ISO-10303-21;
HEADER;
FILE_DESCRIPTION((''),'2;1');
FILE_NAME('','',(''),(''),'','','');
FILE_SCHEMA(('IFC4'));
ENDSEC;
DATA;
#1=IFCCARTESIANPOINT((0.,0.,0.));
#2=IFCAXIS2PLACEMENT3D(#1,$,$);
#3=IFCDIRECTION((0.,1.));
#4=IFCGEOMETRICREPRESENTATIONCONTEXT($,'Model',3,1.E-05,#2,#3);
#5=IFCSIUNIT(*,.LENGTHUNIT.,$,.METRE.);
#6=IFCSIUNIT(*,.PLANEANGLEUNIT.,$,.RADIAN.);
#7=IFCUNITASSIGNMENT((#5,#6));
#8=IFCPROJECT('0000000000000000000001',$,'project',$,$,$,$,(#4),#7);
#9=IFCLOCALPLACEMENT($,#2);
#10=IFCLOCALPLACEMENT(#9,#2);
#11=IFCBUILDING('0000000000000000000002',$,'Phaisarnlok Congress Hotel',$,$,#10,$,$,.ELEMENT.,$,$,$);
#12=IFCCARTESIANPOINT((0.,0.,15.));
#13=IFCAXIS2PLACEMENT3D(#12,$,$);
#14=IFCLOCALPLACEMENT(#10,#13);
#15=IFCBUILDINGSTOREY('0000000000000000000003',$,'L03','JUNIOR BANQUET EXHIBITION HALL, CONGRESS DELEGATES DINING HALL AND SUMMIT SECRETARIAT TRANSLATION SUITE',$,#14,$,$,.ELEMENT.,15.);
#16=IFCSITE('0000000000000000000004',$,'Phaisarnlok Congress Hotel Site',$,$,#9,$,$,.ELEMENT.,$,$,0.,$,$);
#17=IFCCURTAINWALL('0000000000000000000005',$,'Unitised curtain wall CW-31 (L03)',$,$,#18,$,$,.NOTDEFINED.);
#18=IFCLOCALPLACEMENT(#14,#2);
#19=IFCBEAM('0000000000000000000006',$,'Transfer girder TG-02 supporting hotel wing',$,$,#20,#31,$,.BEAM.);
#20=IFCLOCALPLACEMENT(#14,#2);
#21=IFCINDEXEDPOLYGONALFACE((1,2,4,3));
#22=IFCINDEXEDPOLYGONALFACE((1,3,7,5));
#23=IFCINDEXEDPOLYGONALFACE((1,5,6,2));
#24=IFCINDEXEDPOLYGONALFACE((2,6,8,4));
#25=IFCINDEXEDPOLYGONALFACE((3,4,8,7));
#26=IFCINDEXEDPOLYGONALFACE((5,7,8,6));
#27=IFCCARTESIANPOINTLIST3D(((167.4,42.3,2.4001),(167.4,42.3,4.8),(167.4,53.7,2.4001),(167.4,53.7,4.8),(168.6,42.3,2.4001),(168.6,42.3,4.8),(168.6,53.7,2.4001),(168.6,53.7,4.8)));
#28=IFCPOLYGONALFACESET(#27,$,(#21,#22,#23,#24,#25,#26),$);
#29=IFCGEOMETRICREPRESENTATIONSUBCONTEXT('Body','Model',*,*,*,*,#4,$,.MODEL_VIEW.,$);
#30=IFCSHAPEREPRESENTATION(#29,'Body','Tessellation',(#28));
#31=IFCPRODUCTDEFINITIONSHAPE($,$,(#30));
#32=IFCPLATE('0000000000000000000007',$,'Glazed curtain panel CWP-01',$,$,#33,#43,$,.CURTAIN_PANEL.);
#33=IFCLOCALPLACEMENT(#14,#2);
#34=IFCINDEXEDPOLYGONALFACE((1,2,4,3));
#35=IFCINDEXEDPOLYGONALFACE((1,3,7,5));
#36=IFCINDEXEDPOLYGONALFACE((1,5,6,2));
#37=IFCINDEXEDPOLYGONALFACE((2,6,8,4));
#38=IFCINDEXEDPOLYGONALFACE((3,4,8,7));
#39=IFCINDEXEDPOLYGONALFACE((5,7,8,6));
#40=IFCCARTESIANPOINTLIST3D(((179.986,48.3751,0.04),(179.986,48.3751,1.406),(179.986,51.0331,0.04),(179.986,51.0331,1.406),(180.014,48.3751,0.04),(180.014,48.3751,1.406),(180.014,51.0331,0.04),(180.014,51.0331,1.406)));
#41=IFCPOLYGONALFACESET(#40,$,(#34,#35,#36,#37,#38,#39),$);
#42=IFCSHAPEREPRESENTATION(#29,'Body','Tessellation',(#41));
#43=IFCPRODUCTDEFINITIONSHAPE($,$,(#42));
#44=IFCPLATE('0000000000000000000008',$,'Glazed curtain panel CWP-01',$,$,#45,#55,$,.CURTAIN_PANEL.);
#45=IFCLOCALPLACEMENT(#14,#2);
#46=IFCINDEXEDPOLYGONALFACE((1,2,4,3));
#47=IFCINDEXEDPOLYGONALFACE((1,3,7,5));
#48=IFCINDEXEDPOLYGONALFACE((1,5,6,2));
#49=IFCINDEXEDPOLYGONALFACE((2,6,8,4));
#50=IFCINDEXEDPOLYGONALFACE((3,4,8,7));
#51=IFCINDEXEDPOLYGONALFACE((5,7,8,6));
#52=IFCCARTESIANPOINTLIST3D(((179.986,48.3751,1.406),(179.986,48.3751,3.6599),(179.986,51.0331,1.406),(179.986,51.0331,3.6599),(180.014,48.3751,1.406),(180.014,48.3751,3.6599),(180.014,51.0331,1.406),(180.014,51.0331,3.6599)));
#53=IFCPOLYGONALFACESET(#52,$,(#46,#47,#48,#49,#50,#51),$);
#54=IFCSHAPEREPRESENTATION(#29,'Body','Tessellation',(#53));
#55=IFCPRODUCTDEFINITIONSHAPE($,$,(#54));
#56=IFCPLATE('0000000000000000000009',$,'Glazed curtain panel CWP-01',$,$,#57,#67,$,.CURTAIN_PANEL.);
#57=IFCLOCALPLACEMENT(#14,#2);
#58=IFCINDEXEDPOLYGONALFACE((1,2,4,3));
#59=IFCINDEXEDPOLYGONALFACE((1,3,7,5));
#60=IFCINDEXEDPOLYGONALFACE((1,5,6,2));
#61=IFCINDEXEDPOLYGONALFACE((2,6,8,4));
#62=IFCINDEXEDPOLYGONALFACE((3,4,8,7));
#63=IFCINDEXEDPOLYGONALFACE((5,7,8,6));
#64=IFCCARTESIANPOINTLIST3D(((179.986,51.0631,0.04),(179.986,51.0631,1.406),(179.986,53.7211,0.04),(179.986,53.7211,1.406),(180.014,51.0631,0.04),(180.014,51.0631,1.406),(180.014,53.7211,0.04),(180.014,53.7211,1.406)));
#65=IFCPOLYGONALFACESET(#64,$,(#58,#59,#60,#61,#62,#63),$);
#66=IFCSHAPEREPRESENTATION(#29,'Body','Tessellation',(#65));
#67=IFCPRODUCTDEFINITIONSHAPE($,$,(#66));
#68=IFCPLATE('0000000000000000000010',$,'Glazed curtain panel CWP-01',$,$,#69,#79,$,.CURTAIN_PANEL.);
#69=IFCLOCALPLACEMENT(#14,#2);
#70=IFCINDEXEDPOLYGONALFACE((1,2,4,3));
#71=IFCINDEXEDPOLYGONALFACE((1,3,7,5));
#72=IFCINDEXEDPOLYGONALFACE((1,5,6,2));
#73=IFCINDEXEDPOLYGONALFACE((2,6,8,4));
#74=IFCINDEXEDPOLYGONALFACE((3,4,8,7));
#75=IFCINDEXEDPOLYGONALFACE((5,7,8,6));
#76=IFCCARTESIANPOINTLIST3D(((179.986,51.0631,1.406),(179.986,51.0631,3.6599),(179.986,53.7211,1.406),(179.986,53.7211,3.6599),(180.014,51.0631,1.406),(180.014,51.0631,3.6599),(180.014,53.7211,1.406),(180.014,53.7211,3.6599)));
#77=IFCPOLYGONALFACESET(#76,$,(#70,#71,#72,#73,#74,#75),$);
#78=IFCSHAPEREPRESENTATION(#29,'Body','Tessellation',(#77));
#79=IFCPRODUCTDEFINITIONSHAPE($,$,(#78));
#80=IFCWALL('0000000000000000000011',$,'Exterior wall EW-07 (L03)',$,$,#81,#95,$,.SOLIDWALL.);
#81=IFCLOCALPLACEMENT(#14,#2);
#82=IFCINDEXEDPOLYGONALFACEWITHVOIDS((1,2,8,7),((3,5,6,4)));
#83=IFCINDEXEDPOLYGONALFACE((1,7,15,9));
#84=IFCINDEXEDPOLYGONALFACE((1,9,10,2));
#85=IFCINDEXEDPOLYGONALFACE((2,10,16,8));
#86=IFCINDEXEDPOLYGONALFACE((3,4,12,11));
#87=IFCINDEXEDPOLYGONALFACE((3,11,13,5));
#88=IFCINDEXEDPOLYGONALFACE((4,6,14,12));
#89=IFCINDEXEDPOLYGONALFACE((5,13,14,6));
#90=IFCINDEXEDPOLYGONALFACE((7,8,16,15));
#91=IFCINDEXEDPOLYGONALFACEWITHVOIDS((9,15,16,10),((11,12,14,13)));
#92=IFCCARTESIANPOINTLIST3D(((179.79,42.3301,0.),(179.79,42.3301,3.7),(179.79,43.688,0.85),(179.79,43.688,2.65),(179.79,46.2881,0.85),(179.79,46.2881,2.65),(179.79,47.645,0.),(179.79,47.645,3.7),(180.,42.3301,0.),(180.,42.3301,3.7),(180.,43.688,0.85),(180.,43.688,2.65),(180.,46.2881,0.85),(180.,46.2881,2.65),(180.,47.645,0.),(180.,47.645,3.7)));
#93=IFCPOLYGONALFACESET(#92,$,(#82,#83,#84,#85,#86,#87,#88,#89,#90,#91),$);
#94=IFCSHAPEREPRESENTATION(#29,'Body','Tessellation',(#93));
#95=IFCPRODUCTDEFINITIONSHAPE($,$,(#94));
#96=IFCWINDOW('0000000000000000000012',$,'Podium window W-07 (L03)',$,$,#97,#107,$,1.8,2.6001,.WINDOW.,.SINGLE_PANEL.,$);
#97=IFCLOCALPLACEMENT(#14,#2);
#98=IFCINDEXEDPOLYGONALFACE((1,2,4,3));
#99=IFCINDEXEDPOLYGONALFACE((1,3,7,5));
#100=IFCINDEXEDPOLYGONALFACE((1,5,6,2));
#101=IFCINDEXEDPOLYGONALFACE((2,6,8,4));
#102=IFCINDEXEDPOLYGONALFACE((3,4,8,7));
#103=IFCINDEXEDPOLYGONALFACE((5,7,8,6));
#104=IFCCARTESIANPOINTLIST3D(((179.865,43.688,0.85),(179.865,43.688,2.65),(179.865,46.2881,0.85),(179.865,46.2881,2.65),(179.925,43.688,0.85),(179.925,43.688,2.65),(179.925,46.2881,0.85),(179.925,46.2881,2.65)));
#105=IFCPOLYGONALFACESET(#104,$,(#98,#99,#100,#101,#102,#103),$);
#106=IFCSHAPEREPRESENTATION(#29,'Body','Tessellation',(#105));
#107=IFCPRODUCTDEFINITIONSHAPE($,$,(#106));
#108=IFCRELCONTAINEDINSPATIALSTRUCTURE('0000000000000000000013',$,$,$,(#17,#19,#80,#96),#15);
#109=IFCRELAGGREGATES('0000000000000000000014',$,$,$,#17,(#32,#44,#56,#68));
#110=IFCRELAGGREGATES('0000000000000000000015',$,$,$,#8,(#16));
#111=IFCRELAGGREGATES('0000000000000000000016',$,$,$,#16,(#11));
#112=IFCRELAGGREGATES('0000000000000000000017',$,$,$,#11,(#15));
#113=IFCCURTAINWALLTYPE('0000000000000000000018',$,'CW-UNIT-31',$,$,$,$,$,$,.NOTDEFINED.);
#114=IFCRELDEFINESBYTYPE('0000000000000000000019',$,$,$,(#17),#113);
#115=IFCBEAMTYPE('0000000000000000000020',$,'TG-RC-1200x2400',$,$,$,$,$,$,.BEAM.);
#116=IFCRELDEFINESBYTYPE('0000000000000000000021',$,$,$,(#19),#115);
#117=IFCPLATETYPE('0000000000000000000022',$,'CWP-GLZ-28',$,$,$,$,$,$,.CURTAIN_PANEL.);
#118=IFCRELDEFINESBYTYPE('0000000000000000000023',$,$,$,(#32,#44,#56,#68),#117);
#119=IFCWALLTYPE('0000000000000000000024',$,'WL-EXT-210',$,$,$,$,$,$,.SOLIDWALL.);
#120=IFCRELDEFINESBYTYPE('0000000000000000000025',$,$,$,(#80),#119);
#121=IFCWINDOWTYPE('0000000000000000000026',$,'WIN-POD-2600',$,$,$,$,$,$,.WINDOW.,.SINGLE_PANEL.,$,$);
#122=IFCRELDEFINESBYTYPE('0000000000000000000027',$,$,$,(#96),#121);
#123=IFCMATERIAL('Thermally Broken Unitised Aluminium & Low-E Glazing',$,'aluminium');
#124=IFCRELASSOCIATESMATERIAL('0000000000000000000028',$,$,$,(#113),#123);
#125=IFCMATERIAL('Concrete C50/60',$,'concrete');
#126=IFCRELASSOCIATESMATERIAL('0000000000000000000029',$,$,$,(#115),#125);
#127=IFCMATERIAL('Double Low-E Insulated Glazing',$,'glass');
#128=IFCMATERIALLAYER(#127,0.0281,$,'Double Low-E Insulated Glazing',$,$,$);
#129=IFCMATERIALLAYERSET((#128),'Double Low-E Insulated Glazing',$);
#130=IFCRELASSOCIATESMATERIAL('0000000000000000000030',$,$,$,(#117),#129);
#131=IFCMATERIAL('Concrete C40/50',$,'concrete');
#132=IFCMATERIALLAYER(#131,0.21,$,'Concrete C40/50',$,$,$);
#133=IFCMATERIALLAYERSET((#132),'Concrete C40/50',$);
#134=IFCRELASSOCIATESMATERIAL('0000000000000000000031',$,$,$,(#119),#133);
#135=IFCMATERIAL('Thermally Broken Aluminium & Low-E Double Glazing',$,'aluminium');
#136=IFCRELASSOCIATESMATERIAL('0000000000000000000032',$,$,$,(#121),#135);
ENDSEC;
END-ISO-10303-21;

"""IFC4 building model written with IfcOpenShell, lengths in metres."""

from ifc_helpers import new_model, si_unit, direction, frame, frame_2d, origin, origin_2d, place, context, subcontext, project, spatial, rectangle, extrude, material, layer, layer_set, material_profile, profile_set, type_object, element, fill, aggregate, save


model = new_model("IFC4")

# Units and contexts
model_context = context("Model", 3, precision=1e-05, world=origin(), true_north=direction((0.0, 1.0)))
body_context = subcontext(model_context, "Body", "Model", "MODEL_VIEW")
ifc_project = project(units=[si_unit("LENGTHUNIT", "METRE"), si_unit("PLANEANGLEUNIT", "RADIAN")], contexts=[model_context])

# Site, building, storey
site_placement = place(None, origin())
site = spatial("IfcSite", under=ifc_project, at=site_placement, Name="Phaisarnlok Congress Hotel Site", CompositionType="ELEMENT", RefElevation=0.0)
building_placement = place(site_placement, origin())
building = spatial("IfcBuilding", under=site, at=building_placement, Name="Phaisarnlok Congress Hotel", CompositionType="ELEMENT")
storey_placement = place(building_placement, frame((0.0, 0.0, 15.0)))
storey = spatial("IfcBuildingStorey", under=building, at=storey_placement, Name="L03", Description="JUNIOR BANQUET EXHIBITION HALL, CONGRESS DELEGATES DINING HALL AND SUMMIT SECRETARIAT TRANSLATION SUITE", CompositionType="ELEMENT", Elevation=15.0)

# Shared definitions
ifc_material_1 = material(Name="Concrete C50/60", Category="concrete")

# Shared definitions
ifc_material_2 = material(Name="Concrete C40/50", Category="concrete")

# Curtain wall
ifc_material_3 = material(Name="Thermally Broken Unitised Aluminium & Low-E Glazing", Category="aluminium")
curtain_wall_type = type_object("IfcCurtainWallType", Name="CW-UNIT-31", PredefinedType="NOTDEFINED", material=ifc_material_3)
curtain_wall_placement = place(storey_placement, origin())
curtain_wall = element("IfcCurtainWall", 1, at=curtain_wall_placement, inside=storey, type_object=curtain_wall_type, Name="Unitised curtain wall CW-31 (L03)", PredefinedType="NOTDEFINED")

# Beam
ifc_material_profile_1 = material_profile(ifc_material_1, rectangle(XDim=1.2, YDim=2.3999, at=origin_2d()), Name="RC 1200x2400")
ifc_profile_set_1 = profile_set([ifc_material_profile_1], Name="Concrete C50/60")
beam_type_1 = type_object("IfcBeamType", Name="TG-RC-1200x2400", PredefinedType="BEAM", material=ifc_profile_set_1)
beam_1_placement = place(storey_placement, frame((168.0, 42.3, 3.6001), z_axis=(0.0, 1.0, 0.0), x_axis=(-1.0, 0.0, 0.0)))
element("IfcBeam", 2, at=beam_1_placement, inside=storey, type_object=beam_type_1, Name="Transfer girder TG-02 supporting hotel wing", PredefinedType="BEAM", context=body_context, shape_type="SweptSolid", body=[
    extrude(rectangle(XDim=1.2, YDim=2.3999, at=origin_2d()), origin(), (0.0, 0.0, 1.0), 11.3999),
])

# Plates
ifc_material_4 = material(Name="Double Low-E Insulated Glazing", Category="glass")
ifc_layer_1 = layer(ifc_material_4, 0.0281, Name="Double Low-E Insulated Glazing")
ifc_layer_set_1 = layer_set([ifc_layer_1], Name="Double Low-E Insulated Glazing")
plate_type = type_object("IfcPlateType", Name="CWP-GLZ-28", PredefinedType="CURTAIN_PANEL", material=ifc_layer_set_1)
plate_1_placement = place(storey_placement, frame((180.0, 48.375, 0.04), z_axis=(0.0, 0.0, 1.0), x_axis=(0.0, 1.0, 0.0)))
plate_1 = element("IfcPlate", 3, at=plate_1_placement, type_object=plate_type, Name="Glazed curtain panel CWP-01", PredefinedType="CURTAIN_PANEL", context=body_context, shape_type="SweptSolid", body=[
    extrude(rectangle(XDim=2.658, YDim=0.0281, at=frame_2d((1.3291, 0.0))), origin(), (0.0, 0.0, 1.0), 1.366),
])
plate_2_placement = place(storey_placement, frame((180.0, 48.375, 1.406), z_axis=(0.0, 0.0, 1.0), x_axis=(0.0, 1.0, 0.0)))
plate_2 = element("IfcPlate", 4, at=plate_2_placement, type_object=plate_type, Name="Glazed curtain panel CWP-01", PredefinedType="CURTAIN_PANEL", context=body_context, shape_type="SweptSolid", body=[
    extrude(rectangle(XDim=2.658, YDim=0.0281, at=frame_2d((1.3291, 0.0))), origin(), (0.0, 0.0, 1.0), 2.2539),
])
plate_3_placement = place(storey_placement, frame((180.0, 51.063, 0.04), z_axis=(0.0, 0.0, 1.0), x_axis=(0.0, 1.0, 0.0)))
plate_3 = element("IfcPlate", 5, at=plate_3_placement, type_object=plate_type, Name="Glazed curtain panel CWP-01", PredefinedType="CURTAIN_PANEL", context=body_context, shape_type="SweptSolid", body=[
    extrude(rectangle(XDim=2.658, YDim=0.0281, at=frame_2d((1.3291, 0.0))), origin(), (0.0, 0.0, 1.0), 1.366),
])
plate_4_placement = place(storey_placement, frame((180.0, 51.063, 1.406), z_axis=(0.0, 0.0, 1.0), x_axis=(0.0, 1.0, 0.0)))
plate_4 = element("IfcPlate", 6, at=plate_4_placement, type_object=plate_type, Name="Glazed curtain panel CWP-01", PredefinedType="CURTAIN_PANEL", context=body_context, shape_type="SweptSolid", body=[
    extrude(rectangle(XDim=2.658, YDim=0.0281, at=frame_2d((1.3291, 0.0))), origin(), (0.0, 0.0, 1.0), 2.2539),
])
aggregate(curtain_wall, [plate_1, plate_2, plate_3, plate_4])

# Wall, opening, window
ifc_layer_2 = layer(ifc_material_2, 0.21, Name="Concrete C40/50")
ifc_layer_set_2 = layer_set([ifc_layer_2], Name="Concrete C40/50")
wall_type = type_object("IfcWallType", Name="WL-EXT-210", PredefinedType="SOLIDWALL", material=ifc_layer_set_2)
wall_placement = place(storey_placement, frame((179.895, 42.3301, 0.0), z_axis=(0.0, 0.0, 1.0), x_axis=(0.0, 1.0, 0.0)))
wall = element("IfcWall", 7, at=wall_placement, inside=storey, type_object=wall_type, Name="Exterior wall EW-07 (L03)", PredefinedType="SOLIDWALL", context=body_context, shape_type="SweptSolid", body=[
    extrude(rectangle(XDim=5.3149, YDim=0.21, at=frame_2d((2.6575, 0.0))), origin(), (0.0, 0.0, 1.0), 3.7),
])
opening_placement = place(wall_placement, frame((1.3579, 0.0, 0.8501)))
opening = element("IfcOpeningElement", 8, at=opening_placement, cuts=wall, PredefinedType="OPENING", context=body_context, shape_type="SweptSolid", body=[
    extrude(rectangle(XDim=2.6001, YDim=1.8, at=frame_2d((1.3, 0.8999))), frame((0.0, 0.115, 0.0), z_axis=(0.0, -1.0, 0.0), x_axis=(1.0, 0.0, 0.0)), (0.0, 0.0, 1.0), 0.23),
])
ifc_material_5 = material(Name="Thermally Broken Aluminium & Low-E Double Glazing", Category="aluminium")
window_type = type_object("IfcWindowType", Name="WIN-POD-2600", PartitioningType="SINGLE_PANEL", PredefinedType="WINDOW", material=ifc_material_5)
window_placement = place(opening_placement, origin())
window = element("IfcWindow", 9, at=window_placement, inside=storey, type_object=window_type, Name="Podium window W-07 (L03)", OverallHeight=1.8, OverallWidth=2.6001, PartitioningType="SINGLE_PANEL", PredefinedType="WINDOW", context=body_context, shape_type="SweptSolid", body=[
    extrude(rectangle(XDim=2.6001, YDim=1.8, at=frame_2d((1.3, 0.8999))), frame((0.0, 0.03, 0.0), z_axis=(0.0, -1.0, 0.0), x_axis=(1.0, 0.0, 0.0)), (0.0, 0.0, 1.0), 0.0601),
])
fill(opening, window)

save(model, "model.ifc")
